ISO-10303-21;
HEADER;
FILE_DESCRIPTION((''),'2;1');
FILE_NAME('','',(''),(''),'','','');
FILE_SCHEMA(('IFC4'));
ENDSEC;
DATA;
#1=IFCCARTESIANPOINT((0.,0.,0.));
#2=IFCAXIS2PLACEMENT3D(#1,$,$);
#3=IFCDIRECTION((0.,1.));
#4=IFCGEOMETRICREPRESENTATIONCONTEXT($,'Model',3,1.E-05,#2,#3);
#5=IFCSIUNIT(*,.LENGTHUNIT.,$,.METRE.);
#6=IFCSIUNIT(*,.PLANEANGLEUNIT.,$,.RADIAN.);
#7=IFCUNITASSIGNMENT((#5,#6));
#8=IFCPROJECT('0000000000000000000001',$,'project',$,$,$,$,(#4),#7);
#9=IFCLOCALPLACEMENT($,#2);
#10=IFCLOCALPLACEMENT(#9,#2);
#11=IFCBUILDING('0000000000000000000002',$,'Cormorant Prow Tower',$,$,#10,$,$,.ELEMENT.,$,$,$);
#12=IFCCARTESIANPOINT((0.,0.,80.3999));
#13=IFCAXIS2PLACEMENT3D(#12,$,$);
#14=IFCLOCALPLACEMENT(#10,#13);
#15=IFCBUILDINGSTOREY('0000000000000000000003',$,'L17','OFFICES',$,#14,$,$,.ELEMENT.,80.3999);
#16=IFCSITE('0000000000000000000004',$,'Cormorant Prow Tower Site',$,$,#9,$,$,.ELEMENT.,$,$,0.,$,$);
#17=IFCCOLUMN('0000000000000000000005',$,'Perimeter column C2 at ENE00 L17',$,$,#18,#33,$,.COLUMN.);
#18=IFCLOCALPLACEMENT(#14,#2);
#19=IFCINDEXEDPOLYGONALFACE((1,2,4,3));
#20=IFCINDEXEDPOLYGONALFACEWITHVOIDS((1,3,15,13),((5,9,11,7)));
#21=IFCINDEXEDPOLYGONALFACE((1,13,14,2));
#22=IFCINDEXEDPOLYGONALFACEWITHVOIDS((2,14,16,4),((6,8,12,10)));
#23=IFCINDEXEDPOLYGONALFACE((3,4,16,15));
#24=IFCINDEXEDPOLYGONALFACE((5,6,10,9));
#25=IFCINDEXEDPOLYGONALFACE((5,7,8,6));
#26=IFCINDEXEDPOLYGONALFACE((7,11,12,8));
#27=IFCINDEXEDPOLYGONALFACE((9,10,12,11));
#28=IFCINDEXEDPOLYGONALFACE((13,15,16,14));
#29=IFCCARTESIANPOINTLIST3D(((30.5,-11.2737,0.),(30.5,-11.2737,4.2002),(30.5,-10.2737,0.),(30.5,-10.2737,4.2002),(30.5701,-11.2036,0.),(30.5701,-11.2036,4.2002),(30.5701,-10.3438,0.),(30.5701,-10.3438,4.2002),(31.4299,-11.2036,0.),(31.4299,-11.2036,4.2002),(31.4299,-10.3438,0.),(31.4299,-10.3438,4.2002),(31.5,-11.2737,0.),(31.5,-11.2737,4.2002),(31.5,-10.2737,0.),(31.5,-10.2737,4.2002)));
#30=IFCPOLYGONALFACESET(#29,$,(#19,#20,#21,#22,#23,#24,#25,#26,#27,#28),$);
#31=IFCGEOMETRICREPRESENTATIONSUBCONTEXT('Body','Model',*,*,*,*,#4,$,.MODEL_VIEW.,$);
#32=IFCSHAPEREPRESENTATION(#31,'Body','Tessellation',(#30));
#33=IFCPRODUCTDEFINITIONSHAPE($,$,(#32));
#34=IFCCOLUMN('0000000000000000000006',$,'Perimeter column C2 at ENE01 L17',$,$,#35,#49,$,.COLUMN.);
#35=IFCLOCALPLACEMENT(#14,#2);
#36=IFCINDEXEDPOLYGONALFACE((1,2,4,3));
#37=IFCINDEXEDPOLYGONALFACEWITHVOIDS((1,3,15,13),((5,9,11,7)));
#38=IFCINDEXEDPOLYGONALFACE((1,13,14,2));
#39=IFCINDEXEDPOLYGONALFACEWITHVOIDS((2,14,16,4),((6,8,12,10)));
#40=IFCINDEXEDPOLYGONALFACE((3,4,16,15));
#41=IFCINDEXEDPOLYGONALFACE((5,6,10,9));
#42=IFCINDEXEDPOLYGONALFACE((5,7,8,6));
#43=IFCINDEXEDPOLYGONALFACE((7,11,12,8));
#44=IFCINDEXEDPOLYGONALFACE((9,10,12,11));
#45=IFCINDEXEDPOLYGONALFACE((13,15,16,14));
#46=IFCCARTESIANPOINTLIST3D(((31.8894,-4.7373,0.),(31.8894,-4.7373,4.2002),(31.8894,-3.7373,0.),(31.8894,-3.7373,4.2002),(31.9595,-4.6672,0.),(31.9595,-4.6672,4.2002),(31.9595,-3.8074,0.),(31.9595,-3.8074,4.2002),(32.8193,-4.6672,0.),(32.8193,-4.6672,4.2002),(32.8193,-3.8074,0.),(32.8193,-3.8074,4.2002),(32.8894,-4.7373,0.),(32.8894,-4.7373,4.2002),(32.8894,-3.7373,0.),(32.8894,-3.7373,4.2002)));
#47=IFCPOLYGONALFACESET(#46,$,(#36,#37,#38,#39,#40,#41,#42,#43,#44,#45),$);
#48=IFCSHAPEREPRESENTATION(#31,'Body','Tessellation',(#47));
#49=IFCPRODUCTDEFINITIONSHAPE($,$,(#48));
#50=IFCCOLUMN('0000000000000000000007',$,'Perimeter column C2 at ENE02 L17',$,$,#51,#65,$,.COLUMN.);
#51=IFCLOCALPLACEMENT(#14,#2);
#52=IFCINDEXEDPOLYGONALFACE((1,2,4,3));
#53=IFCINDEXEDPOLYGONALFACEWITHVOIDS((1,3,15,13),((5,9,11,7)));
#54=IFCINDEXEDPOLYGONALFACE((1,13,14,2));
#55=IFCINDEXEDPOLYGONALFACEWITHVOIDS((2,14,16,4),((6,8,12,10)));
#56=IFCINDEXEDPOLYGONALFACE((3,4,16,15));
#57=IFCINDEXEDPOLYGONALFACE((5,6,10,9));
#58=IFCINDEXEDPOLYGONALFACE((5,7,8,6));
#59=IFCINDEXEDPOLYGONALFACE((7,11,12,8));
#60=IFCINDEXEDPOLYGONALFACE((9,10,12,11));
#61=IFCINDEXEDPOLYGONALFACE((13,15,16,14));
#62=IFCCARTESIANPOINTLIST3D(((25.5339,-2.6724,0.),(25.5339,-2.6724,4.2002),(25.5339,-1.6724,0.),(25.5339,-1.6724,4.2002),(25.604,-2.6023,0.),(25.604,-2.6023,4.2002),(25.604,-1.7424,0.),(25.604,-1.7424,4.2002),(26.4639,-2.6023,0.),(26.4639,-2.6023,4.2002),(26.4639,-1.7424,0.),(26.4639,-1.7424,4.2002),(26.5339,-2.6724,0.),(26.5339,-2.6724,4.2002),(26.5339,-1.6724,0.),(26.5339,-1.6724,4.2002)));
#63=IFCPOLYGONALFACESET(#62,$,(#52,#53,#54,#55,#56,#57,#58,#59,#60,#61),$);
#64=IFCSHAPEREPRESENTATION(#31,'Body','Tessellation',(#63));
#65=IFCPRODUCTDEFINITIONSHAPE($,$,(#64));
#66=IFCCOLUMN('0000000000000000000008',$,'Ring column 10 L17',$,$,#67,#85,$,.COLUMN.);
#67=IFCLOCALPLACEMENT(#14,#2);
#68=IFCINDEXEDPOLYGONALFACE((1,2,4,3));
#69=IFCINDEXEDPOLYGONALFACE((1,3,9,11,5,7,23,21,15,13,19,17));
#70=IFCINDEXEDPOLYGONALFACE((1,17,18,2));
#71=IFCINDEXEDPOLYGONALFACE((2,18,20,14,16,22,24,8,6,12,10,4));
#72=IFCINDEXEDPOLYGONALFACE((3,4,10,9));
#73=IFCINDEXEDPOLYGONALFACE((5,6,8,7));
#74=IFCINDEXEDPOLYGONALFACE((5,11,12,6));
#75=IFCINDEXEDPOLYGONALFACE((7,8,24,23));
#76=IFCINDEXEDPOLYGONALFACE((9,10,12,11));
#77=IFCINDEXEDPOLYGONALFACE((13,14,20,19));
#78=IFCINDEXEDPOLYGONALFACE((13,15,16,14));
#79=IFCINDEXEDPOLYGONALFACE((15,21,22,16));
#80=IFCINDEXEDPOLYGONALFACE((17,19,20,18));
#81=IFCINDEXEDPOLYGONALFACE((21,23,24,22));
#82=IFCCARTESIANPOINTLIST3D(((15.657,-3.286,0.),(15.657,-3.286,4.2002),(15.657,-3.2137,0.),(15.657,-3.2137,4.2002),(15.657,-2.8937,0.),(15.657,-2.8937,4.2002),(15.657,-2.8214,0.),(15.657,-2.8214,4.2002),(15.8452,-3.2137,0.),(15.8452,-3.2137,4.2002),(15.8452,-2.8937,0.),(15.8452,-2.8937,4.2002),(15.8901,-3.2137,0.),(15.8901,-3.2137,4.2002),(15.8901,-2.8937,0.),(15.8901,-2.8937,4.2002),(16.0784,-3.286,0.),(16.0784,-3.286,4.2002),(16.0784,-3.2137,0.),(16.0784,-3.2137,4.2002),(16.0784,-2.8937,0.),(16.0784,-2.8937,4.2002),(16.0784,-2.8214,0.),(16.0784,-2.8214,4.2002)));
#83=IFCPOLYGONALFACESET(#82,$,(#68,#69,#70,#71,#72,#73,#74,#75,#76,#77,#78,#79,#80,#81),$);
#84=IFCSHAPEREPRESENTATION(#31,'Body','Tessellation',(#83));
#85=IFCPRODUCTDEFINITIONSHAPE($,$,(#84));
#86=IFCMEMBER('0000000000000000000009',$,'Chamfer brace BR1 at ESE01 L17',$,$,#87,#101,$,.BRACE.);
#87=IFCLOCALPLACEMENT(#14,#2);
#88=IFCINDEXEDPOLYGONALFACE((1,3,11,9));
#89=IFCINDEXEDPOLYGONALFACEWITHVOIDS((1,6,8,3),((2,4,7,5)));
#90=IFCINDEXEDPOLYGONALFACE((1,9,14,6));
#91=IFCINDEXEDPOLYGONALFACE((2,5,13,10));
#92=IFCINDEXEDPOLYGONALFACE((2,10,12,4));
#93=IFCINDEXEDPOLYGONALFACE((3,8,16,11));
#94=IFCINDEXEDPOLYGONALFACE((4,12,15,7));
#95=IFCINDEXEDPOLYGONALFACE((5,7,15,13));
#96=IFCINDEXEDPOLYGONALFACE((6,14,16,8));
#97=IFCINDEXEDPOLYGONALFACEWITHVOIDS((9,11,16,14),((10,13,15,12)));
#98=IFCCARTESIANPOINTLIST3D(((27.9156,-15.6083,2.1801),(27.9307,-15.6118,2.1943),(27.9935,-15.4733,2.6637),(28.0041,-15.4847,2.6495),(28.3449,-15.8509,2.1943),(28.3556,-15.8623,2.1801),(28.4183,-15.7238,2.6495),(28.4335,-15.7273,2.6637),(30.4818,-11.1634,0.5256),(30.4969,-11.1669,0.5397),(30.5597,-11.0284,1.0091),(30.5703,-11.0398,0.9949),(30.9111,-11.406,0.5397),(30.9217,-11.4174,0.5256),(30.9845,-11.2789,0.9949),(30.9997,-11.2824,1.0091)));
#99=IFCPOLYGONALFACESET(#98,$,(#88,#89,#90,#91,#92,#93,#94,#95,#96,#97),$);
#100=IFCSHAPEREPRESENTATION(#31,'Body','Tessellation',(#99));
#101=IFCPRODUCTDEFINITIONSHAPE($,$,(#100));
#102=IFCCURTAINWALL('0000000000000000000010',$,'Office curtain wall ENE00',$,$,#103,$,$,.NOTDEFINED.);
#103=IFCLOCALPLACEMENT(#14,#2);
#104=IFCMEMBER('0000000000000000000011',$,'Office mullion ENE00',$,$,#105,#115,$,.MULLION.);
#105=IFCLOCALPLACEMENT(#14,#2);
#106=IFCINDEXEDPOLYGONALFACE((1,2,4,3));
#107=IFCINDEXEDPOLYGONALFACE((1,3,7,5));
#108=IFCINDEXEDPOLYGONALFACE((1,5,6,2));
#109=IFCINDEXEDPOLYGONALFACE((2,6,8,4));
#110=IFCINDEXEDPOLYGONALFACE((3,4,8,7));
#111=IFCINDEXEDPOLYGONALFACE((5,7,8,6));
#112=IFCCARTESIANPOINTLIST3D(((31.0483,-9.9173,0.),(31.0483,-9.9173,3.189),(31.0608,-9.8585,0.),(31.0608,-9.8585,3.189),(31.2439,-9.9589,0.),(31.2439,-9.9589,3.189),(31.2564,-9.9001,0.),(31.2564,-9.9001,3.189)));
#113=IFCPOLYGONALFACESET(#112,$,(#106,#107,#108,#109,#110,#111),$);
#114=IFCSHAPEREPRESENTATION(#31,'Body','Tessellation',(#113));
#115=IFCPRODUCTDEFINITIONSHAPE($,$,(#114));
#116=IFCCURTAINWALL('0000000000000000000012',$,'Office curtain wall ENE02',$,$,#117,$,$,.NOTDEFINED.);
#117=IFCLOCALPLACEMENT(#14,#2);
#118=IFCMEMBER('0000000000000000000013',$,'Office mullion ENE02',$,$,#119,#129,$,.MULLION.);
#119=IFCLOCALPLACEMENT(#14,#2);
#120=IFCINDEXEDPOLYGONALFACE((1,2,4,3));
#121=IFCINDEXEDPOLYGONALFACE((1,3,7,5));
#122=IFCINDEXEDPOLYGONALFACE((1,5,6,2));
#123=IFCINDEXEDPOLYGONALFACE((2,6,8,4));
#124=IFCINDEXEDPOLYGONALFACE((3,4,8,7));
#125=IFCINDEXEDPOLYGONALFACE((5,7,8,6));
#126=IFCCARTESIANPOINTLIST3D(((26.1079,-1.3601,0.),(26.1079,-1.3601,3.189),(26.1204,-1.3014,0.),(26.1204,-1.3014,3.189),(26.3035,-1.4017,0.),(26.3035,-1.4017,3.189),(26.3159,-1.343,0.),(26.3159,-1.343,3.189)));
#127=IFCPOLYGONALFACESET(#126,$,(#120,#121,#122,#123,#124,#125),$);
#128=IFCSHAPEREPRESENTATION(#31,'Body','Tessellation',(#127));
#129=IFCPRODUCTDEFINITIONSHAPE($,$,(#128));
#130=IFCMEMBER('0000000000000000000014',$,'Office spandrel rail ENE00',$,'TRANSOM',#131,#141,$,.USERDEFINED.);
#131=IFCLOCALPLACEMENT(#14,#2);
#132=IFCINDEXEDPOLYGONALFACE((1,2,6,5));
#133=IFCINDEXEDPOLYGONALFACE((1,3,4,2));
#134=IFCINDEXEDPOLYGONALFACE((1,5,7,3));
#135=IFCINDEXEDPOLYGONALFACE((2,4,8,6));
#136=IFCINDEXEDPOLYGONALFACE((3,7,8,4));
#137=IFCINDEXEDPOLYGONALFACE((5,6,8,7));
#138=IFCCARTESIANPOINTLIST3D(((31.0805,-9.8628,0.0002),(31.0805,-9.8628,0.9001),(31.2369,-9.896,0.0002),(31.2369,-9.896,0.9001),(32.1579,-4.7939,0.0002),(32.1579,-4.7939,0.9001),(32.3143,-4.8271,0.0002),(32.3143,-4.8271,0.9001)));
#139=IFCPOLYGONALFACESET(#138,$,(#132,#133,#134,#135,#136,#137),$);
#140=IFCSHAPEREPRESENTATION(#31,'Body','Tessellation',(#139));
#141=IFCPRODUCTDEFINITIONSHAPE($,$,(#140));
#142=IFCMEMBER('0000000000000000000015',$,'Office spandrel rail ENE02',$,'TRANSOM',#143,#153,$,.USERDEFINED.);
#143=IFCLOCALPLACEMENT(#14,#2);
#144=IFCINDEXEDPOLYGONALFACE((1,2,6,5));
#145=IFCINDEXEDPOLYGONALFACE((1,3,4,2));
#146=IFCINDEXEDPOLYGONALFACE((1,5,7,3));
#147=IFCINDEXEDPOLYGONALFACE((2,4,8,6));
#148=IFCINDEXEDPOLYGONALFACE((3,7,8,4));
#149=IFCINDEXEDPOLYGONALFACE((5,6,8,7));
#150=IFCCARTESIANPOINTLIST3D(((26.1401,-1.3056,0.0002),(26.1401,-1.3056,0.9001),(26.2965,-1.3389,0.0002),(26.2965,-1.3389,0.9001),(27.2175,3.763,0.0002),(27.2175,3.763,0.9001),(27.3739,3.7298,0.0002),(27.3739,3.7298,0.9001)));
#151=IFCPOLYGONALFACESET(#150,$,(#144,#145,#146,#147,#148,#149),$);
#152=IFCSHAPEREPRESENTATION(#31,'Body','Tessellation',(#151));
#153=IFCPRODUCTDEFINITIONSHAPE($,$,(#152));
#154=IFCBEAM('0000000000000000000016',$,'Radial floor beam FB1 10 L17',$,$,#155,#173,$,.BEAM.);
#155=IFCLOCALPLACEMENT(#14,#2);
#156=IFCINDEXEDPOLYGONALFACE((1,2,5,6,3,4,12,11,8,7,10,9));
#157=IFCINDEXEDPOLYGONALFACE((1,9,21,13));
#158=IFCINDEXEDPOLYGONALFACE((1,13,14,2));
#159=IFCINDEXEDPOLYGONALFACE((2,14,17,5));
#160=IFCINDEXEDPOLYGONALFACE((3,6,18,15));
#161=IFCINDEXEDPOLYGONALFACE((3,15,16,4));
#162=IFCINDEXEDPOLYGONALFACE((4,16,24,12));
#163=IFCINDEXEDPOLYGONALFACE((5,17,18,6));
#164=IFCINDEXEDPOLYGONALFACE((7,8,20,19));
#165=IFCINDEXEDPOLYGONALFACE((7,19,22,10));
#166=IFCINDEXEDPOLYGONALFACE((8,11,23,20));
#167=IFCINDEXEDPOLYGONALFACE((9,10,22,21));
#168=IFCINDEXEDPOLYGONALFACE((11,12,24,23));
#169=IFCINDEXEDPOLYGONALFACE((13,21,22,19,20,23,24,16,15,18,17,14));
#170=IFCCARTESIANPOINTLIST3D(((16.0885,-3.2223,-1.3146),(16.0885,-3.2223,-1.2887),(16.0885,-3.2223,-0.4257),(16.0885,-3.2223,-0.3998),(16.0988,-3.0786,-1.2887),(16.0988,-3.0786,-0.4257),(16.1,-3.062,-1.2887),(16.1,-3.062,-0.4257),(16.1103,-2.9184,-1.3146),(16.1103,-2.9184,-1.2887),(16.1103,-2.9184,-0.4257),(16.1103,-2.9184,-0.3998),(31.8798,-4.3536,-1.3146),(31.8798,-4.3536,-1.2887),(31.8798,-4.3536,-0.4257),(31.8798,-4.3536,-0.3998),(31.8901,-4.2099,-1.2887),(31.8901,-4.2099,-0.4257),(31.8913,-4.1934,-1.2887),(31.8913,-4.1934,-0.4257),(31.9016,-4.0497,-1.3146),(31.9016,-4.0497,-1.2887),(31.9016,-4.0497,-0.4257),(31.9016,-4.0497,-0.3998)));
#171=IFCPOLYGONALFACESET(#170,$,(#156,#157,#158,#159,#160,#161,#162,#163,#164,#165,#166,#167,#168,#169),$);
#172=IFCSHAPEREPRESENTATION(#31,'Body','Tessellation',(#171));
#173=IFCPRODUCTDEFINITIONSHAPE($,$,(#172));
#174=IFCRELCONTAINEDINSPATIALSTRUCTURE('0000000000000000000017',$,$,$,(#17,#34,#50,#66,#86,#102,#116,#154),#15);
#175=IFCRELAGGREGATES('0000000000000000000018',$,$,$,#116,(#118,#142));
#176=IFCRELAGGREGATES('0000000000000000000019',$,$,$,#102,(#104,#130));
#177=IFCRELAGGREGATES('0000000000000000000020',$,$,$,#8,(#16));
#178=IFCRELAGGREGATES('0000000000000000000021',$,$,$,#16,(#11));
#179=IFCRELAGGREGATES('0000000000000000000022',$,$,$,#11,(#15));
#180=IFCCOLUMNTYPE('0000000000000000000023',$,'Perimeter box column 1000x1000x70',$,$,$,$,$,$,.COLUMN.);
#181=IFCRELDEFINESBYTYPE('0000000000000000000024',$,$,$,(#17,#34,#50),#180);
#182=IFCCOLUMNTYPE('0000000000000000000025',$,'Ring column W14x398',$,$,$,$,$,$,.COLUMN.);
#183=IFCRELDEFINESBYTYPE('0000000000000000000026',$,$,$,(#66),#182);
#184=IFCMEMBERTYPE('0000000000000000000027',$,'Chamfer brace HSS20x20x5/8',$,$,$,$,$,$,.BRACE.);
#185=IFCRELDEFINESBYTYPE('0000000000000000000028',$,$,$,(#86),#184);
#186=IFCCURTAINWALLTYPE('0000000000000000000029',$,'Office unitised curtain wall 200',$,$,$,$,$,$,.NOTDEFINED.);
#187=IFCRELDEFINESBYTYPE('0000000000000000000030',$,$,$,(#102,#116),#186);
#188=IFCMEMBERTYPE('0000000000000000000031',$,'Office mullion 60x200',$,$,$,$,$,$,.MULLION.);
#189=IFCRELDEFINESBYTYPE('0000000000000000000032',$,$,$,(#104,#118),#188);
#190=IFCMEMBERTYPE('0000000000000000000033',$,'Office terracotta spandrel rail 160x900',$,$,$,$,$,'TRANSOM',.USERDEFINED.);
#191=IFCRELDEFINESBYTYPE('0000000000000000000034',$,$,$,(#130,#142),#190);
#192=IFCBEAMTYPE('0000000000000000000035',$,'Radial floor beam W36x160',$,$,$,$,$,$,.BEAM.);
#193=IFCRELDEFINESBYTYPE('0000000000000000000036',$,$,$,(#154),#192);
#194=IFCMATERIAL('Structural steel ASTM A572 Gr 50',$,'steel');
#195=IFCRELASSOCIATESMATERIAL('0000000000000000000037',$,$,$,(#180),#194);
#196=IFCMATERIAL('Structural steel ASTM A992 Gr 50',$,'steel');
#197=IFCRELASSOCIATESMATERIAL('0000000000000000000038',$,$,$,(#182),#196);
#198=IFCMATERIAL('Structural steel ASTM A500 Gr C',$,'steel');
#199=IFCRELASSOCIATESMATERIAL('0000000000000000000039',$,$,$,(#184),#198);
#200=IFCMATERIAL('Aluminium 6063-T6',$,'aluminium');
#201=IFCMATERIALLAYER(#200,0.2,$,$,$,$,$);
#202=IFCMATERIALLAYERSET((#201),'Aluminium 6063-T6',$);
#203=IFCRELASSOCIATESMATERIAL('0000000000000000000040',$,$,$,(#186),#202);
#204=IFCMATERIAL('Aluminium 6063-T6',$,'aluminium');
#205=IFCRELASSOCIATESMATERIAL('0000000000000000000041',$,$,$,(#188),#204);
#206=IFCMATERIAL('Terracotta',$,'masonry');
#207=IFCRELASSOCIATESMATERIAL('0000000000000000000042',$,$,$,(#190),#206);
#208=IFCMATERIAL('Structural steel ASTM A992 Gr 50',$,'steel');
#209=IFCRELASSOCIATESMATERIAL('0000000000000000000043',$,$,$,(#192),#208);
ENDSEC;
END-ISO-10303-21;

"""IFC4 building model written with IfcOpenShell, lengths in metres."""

from ifc_helpers import new_model, si_unit, direction, frame, origin, origin_2d, place, context, subcontext, project, spatial, rectangle, hollow_rectangle, i_section, extrude, material, layer, layer_set, material_profile, profile_set, type_object, element, aggregate, save


model = new_model("IFC4")

# Units and contexts
model_context = context("Model", 3, precision=1e-05, world=origin(), true_north=direction((0.0, 1.0)))
body_context = subcontext(model_context, "Body", "Model", "MODEL_VIEW")
ifc_project = project(units=[si_unit("LENGTHUNIT", "METRE"), si_unit("PLANEANGLEUNIT", "RADIAN")], contexts=[model_context])

# Site, building, storey
site_placement = place(None, origin())
site = spatial("IfcSite", under=ifc_project, at=site_placement, Name="Cormorant Prow Tower Site", CompositionType="ELEMENT", RefElevation=0.0)
building_placement = place(site_placement, origin())
building = spatial("IfcBuilding", under=site, at=building_placement, Name="Cormorant Prow Tower", CompositionType="ELEMENT")
storey_placement = place(building_placement, frame((0.0, 0.0, 80.3999)))
storey = spatial("IfcBuildingStorey", under=building, at=storey_placement, Name="L17", Description="OFFICES", CompositionType="ELEMENT", Elevation=80.3999)

# Columns
ifc_material_1 = material(Name="Structural steel ASTM A572 Gr 50", Category="steel")
ifc_material_profile_1 = material_profile(ifc_material_1, hollow_rectangle(XDim=1.0, YDim=1.0, WallThickness=0.0701, at=origin_2d()), Name="Box 1000x1000x70")
ifc_profile_set_1 = profile_set([ifc_material_profile_1], Name="Structural steel ASTM A572 Gr 50")
column_type_1 = type_object("IfcColumnType", Name="Perimeter box column 1000x1000x70", PredefinedType="COLUMN", material=ifc_profile_set_1)
for number, where, z_axis, x_axis, name in (
    (1, (31.0, -10.7737, 0.0), (0.0, 0.0, 1.0), (1.0, 0.0, 0.0), "Perimeter column C2 at ENE00 L17"),
    (2, (32.3894, -4.2373, 0.0), (0.0, 0.0, 1.0), (1.0, 0.0, 0.0), "Perimeter column C2 at ENE01 L17"),
    (3, (26.0339, -2.1724, 0.0), (0.0, 0.0, 1.0), (1.0, 0.0, 0.0), "Perimeter column C2 at ENE02 L17"),
):
    element("IfcColumn", number, at=place(storey_placement, frame(where, z_axis=z_axis, x_axis=x_axis)), inside=storey, type_object=column_type_1, Name=name, PredefinedType="COLUMN", context=body_context, shape_type="SweptSolid", body=[
        extrude(hollow_rectangle(XDim=1.0, YDim=1.0, WallThickness=0.0701, at=origin_2d()), origin(), (0.0, 0.0, 1.0), 4.2002),
    ])
ifc_material_2 = material(Name="Structural steel ASTM A992 Gr 50", Category="steel")
ifc_material_profile_2 = material_profile(ifc_material_2, i_section(OverallWidth=0.4214, OverallDepth=0.4646, WebThickness=0.0449, FlangeThickness=0.0723, at=origin_2d()), Name="W14x398")
ifc_profile_set_2 = profile_set([ifc_material_profile_2], Name="Structural steel ASTM A992 Gr 50")
column_type_2 = type_object("IfcColumnType", Name="Ring column W14x398", PredefinedType="COLUMN", material=ifc_profile_set_2)
column_placement = place(storey_placement, frame((15.8677, -3.0537, 0.0), z_axis=(0.0, 0.0, 1.0), x_axis=(1.0, 0.0, 0.0)))
element("IfcColumn", 4, at=column_placement, inside=storey, type_object=column_type_2, Name="Ring column 10 L17", PredefinedType="COLUMN", context=body_context, shape_type="SweptSolid", body=[
    extrude(i_section(OverallWidth=0.4214, OverallDepth=0.4646, WebThickness=0.0449, FlangeThickness=0.0723, at=origin_2d()), origin(), (0.0, 0.0, 1.0), 4.2002),
])

# Member
ifc_material_3 = material(Name="Structural steel ASTM A500 Gr C", Category="steel")
ifc_material_profile_3 = material_profile(ifc_material_3, hollow_rectangle(XDim=0.5081, YDim=0.5081, WallThickness=0.0149, at=origin_2d()), Name="HSS20x20x5/8")
ifc_profile_set_3 = profile_set([ifc_material_profile_3], Name="Structural steel ASTM A500 Gr C")
member_type_1 = type_object("IfcMemberType", Name="Chamfer brace HSS20x20x5/8", PredefinedType="BRACE", material=ifc_profile_set_3)
member_1_placement = place(storey_placement, frame((30.7407, -11.2229, 0.7673), z_axis=(-0.475875, -0.824259, 0.306822), x_axis=(0.86603, -0.499991, 0.0)))
element("IfcMember", 5, at=member_1_placement, inside=storey, type_object=member_type_1, Name="Chamfer brace BR1 at ESE01 L17", PredefinedType="BRACE", context=body_context, shape_type="SweptSolid", body=[
    extrude(hollow_rectangle(XDim=0.5081, YDim=0.5081, WallThickness=0.0149, at=origin_2d()), origin(), (0.0, 0.0, 1.0), 5.3926),
])

# Curtain walls, members
ifc_material_4 = material(Name="Aluminium 6063-T6", Category="aluminium")
ifc_layer_1 = layer(ifc_material_4, 0.2)
ifc_layer_set_1 = layer_set([ifc_layer_1], Name="Aluminium 6063-T6")
curtain_wall_type = type_object("IfcCurtainWallType", Name="Office unitised curtain wall 200", PredefinedType="NOTDEFINED", material=ifc_layer_set_1)
curtain_wall_1_placement = place(storey_placement, origin())
curtain_wall_1 = element("IfcCurtainWall", 6, at=curtain_wall_1_placement, inside=storey, type_object=curtain_wall_type, Name="Office curtain wall ENE00", PredefinedType="NOTDEFINED")
ifc_material_5 = material(Name="Aluminium 6063-T6", Category="aluminium")
ifc_material_profile_4 = material_profile(ifc_material_5, rectangle(XDim=0.2, YDim=0.0601, at=origin_2d()), Name="Office mullion 60x200")
ifc_profile_set_4 = profile_set([ifc_material_profile_4], Name="Aluminium 6063-T6")
member_type_2 = type_object("IfcMemberType", Name="Office mullion 60x200", PredefinedType="MULLION", material=ifc_profile_set_4)
member_2_placement = place(storey_placement, frame((31.1523, -9.9087, 0.0), z_axis=(0.0, 0.0, 1.0), x_axis=(-0.978148, 0.207912, 0.0)))
member_2 = element("IfcMember", 7, at=member_2_placement, type_object=member_type_2, Name="Office mullion ENE00", PredefinedType="MULLION", context=body_context, shape_type="SweptSolid", body=[
    extrude(rectangle(XDim=0.2, YDim=0.0601, at=origin_2d()), origin(), (0.0, 0.0, 1.0), 3.189),
])
curtain_wall_2_placement = place(storey_placement, origin())
curtain_wall_2 = element("IfcCurtainWall", 8, at=curtain_wall_2_placement, inside=storey, type_object=curtain_wall_type, Name="Office curtain wall ENE02", PredefinedType="NOTDEFINED")
member_3_placement = place(storey_placement, frame((26.2119, -1.3516, 0.0), z_axis=(0.0, 0.0, 1.0), x_axis=(-0.978148, 0.207912, 0.0)))
member_3 = element("IfcMember", 9, at=member_3_placement, type_object=member_type_2, Name="Office mullion ENE02", PredefinedType="MULLION", context=body_context, shape_type="SweptSolid", body=[
    extrude(rectangle(XDim=0.2, YDim=0.0601, at=origin_2d()), origin(), (0.0, 0.0, 1.0), 3.189),
])

# Members
ifc_material_6 = material(Name="Terracotta", Category="masonry")
ifc_material_profile_5 = material_profile(ifc_material_6, rectangle(XDim=0.1599, YDim=0.8999, at=origin_2d()), Name="Office terracotta spandrel rail 160x900")
ifc_profile_set_5 = profile_set([ifc_material_profile_5], Name="Terracotta")
member_type_3 = type_object("IfcMemberType", Name="Office terracotta spandrel rail 160x900", ElementType="TRANSOM", PredefinedType="USERDEFINED", material=ifc_profile_set_5)
member_4_placement = place(storey_placement, frame((31.1587, -9.8794, 0.4502), z_axis=(0.207907, 0.978149, 0.0), x_axis=(-0.978149, 0.207907, 0.0)))
member_4 = element("IfcMember", 10, at=member_4_placement, type_object=member_type_3, Name="Office spandrel rail ENE00", ObjectType="TRANSOM", PredefinedType="USERDEFINED", context=body_context, shape_type="SweptSolid", body=[
    extrude(rectangle(XDim=0.1599, YDim=0.8999, at=origin_2d()), origin(), (0.0, 0.0, 1.0), 5.1821),
])
member_5_placement = place(storey_placement, frame((26.2183, -1.3223, 0.4502), z_axis=(0.207917, 0.978147, 0.0), x_axis=(-0.978147, 0.207917, 0.0)))
member_5 = element("IfcMember", 11, at=member_5_placement, type_object=member_type_3, Name="Office spandrel rail ENE02", ObjectType="TRANSOM", PredefinedType="USERDEFINED", context=body_context, shape_type="SweptSolid", body=[
    extrude(rectangle(XDim=0.1599, YDim=0.8999, at=origin_2d()), origin(), (0.0, 0.0, 1.0), 5.1819),
])
aggregate(curtain_wall_2, [member_3, member_5])

# Beam
ifc_material_7 = material(Name="Structural steel ASTM A992 Gr 50", Category="steel")
ifc_material_profile_6 = material_profile(ifc_material_7, i_section(OverallWidth=0.3047, OverallDepth=0.9148, WebThickness=0.0166, FlangeThickness=0.0259, at=origin_2d()), Name="W36x160")
ifc_profile_set_6 = profile_set([ifc_material_profile_6], Name="Structural steel ASTM A992 Gr 50")
beam_type_1 = type_object("IfcBeamType", Name="Radial floor beam W36x160", PredefinedType="BEAM", material=ifc_profile_set_6)
beam_1_placement = place(storey_placement, frame((16.0994, -3.0703, -0.8572), z_axis=(0.997443, -0.071461, 0.0), x_axis=(0.071461, 0.997443, 0.0)))
element("IfcBeam", 12, at=beam_1_placement, inside=storey, type_object=beam_type_1, Name="Radial floor beam FB1 10 L17", PredefinedType="BEAM", context=body_context, shape_type="SweptSolid", body=[
    extrude(i_section(OverallWidth=0.3047, OverallDepth=0.9148, WebThickness=0.0166, FlangeThickness=0.0259, at=origin_2d()), origin(), (0.0, 0.0, 1.0), 15.8318),
])

aggregate(curtain_wall_1, [member_2, member_4])

save(model, "model.ifc")
